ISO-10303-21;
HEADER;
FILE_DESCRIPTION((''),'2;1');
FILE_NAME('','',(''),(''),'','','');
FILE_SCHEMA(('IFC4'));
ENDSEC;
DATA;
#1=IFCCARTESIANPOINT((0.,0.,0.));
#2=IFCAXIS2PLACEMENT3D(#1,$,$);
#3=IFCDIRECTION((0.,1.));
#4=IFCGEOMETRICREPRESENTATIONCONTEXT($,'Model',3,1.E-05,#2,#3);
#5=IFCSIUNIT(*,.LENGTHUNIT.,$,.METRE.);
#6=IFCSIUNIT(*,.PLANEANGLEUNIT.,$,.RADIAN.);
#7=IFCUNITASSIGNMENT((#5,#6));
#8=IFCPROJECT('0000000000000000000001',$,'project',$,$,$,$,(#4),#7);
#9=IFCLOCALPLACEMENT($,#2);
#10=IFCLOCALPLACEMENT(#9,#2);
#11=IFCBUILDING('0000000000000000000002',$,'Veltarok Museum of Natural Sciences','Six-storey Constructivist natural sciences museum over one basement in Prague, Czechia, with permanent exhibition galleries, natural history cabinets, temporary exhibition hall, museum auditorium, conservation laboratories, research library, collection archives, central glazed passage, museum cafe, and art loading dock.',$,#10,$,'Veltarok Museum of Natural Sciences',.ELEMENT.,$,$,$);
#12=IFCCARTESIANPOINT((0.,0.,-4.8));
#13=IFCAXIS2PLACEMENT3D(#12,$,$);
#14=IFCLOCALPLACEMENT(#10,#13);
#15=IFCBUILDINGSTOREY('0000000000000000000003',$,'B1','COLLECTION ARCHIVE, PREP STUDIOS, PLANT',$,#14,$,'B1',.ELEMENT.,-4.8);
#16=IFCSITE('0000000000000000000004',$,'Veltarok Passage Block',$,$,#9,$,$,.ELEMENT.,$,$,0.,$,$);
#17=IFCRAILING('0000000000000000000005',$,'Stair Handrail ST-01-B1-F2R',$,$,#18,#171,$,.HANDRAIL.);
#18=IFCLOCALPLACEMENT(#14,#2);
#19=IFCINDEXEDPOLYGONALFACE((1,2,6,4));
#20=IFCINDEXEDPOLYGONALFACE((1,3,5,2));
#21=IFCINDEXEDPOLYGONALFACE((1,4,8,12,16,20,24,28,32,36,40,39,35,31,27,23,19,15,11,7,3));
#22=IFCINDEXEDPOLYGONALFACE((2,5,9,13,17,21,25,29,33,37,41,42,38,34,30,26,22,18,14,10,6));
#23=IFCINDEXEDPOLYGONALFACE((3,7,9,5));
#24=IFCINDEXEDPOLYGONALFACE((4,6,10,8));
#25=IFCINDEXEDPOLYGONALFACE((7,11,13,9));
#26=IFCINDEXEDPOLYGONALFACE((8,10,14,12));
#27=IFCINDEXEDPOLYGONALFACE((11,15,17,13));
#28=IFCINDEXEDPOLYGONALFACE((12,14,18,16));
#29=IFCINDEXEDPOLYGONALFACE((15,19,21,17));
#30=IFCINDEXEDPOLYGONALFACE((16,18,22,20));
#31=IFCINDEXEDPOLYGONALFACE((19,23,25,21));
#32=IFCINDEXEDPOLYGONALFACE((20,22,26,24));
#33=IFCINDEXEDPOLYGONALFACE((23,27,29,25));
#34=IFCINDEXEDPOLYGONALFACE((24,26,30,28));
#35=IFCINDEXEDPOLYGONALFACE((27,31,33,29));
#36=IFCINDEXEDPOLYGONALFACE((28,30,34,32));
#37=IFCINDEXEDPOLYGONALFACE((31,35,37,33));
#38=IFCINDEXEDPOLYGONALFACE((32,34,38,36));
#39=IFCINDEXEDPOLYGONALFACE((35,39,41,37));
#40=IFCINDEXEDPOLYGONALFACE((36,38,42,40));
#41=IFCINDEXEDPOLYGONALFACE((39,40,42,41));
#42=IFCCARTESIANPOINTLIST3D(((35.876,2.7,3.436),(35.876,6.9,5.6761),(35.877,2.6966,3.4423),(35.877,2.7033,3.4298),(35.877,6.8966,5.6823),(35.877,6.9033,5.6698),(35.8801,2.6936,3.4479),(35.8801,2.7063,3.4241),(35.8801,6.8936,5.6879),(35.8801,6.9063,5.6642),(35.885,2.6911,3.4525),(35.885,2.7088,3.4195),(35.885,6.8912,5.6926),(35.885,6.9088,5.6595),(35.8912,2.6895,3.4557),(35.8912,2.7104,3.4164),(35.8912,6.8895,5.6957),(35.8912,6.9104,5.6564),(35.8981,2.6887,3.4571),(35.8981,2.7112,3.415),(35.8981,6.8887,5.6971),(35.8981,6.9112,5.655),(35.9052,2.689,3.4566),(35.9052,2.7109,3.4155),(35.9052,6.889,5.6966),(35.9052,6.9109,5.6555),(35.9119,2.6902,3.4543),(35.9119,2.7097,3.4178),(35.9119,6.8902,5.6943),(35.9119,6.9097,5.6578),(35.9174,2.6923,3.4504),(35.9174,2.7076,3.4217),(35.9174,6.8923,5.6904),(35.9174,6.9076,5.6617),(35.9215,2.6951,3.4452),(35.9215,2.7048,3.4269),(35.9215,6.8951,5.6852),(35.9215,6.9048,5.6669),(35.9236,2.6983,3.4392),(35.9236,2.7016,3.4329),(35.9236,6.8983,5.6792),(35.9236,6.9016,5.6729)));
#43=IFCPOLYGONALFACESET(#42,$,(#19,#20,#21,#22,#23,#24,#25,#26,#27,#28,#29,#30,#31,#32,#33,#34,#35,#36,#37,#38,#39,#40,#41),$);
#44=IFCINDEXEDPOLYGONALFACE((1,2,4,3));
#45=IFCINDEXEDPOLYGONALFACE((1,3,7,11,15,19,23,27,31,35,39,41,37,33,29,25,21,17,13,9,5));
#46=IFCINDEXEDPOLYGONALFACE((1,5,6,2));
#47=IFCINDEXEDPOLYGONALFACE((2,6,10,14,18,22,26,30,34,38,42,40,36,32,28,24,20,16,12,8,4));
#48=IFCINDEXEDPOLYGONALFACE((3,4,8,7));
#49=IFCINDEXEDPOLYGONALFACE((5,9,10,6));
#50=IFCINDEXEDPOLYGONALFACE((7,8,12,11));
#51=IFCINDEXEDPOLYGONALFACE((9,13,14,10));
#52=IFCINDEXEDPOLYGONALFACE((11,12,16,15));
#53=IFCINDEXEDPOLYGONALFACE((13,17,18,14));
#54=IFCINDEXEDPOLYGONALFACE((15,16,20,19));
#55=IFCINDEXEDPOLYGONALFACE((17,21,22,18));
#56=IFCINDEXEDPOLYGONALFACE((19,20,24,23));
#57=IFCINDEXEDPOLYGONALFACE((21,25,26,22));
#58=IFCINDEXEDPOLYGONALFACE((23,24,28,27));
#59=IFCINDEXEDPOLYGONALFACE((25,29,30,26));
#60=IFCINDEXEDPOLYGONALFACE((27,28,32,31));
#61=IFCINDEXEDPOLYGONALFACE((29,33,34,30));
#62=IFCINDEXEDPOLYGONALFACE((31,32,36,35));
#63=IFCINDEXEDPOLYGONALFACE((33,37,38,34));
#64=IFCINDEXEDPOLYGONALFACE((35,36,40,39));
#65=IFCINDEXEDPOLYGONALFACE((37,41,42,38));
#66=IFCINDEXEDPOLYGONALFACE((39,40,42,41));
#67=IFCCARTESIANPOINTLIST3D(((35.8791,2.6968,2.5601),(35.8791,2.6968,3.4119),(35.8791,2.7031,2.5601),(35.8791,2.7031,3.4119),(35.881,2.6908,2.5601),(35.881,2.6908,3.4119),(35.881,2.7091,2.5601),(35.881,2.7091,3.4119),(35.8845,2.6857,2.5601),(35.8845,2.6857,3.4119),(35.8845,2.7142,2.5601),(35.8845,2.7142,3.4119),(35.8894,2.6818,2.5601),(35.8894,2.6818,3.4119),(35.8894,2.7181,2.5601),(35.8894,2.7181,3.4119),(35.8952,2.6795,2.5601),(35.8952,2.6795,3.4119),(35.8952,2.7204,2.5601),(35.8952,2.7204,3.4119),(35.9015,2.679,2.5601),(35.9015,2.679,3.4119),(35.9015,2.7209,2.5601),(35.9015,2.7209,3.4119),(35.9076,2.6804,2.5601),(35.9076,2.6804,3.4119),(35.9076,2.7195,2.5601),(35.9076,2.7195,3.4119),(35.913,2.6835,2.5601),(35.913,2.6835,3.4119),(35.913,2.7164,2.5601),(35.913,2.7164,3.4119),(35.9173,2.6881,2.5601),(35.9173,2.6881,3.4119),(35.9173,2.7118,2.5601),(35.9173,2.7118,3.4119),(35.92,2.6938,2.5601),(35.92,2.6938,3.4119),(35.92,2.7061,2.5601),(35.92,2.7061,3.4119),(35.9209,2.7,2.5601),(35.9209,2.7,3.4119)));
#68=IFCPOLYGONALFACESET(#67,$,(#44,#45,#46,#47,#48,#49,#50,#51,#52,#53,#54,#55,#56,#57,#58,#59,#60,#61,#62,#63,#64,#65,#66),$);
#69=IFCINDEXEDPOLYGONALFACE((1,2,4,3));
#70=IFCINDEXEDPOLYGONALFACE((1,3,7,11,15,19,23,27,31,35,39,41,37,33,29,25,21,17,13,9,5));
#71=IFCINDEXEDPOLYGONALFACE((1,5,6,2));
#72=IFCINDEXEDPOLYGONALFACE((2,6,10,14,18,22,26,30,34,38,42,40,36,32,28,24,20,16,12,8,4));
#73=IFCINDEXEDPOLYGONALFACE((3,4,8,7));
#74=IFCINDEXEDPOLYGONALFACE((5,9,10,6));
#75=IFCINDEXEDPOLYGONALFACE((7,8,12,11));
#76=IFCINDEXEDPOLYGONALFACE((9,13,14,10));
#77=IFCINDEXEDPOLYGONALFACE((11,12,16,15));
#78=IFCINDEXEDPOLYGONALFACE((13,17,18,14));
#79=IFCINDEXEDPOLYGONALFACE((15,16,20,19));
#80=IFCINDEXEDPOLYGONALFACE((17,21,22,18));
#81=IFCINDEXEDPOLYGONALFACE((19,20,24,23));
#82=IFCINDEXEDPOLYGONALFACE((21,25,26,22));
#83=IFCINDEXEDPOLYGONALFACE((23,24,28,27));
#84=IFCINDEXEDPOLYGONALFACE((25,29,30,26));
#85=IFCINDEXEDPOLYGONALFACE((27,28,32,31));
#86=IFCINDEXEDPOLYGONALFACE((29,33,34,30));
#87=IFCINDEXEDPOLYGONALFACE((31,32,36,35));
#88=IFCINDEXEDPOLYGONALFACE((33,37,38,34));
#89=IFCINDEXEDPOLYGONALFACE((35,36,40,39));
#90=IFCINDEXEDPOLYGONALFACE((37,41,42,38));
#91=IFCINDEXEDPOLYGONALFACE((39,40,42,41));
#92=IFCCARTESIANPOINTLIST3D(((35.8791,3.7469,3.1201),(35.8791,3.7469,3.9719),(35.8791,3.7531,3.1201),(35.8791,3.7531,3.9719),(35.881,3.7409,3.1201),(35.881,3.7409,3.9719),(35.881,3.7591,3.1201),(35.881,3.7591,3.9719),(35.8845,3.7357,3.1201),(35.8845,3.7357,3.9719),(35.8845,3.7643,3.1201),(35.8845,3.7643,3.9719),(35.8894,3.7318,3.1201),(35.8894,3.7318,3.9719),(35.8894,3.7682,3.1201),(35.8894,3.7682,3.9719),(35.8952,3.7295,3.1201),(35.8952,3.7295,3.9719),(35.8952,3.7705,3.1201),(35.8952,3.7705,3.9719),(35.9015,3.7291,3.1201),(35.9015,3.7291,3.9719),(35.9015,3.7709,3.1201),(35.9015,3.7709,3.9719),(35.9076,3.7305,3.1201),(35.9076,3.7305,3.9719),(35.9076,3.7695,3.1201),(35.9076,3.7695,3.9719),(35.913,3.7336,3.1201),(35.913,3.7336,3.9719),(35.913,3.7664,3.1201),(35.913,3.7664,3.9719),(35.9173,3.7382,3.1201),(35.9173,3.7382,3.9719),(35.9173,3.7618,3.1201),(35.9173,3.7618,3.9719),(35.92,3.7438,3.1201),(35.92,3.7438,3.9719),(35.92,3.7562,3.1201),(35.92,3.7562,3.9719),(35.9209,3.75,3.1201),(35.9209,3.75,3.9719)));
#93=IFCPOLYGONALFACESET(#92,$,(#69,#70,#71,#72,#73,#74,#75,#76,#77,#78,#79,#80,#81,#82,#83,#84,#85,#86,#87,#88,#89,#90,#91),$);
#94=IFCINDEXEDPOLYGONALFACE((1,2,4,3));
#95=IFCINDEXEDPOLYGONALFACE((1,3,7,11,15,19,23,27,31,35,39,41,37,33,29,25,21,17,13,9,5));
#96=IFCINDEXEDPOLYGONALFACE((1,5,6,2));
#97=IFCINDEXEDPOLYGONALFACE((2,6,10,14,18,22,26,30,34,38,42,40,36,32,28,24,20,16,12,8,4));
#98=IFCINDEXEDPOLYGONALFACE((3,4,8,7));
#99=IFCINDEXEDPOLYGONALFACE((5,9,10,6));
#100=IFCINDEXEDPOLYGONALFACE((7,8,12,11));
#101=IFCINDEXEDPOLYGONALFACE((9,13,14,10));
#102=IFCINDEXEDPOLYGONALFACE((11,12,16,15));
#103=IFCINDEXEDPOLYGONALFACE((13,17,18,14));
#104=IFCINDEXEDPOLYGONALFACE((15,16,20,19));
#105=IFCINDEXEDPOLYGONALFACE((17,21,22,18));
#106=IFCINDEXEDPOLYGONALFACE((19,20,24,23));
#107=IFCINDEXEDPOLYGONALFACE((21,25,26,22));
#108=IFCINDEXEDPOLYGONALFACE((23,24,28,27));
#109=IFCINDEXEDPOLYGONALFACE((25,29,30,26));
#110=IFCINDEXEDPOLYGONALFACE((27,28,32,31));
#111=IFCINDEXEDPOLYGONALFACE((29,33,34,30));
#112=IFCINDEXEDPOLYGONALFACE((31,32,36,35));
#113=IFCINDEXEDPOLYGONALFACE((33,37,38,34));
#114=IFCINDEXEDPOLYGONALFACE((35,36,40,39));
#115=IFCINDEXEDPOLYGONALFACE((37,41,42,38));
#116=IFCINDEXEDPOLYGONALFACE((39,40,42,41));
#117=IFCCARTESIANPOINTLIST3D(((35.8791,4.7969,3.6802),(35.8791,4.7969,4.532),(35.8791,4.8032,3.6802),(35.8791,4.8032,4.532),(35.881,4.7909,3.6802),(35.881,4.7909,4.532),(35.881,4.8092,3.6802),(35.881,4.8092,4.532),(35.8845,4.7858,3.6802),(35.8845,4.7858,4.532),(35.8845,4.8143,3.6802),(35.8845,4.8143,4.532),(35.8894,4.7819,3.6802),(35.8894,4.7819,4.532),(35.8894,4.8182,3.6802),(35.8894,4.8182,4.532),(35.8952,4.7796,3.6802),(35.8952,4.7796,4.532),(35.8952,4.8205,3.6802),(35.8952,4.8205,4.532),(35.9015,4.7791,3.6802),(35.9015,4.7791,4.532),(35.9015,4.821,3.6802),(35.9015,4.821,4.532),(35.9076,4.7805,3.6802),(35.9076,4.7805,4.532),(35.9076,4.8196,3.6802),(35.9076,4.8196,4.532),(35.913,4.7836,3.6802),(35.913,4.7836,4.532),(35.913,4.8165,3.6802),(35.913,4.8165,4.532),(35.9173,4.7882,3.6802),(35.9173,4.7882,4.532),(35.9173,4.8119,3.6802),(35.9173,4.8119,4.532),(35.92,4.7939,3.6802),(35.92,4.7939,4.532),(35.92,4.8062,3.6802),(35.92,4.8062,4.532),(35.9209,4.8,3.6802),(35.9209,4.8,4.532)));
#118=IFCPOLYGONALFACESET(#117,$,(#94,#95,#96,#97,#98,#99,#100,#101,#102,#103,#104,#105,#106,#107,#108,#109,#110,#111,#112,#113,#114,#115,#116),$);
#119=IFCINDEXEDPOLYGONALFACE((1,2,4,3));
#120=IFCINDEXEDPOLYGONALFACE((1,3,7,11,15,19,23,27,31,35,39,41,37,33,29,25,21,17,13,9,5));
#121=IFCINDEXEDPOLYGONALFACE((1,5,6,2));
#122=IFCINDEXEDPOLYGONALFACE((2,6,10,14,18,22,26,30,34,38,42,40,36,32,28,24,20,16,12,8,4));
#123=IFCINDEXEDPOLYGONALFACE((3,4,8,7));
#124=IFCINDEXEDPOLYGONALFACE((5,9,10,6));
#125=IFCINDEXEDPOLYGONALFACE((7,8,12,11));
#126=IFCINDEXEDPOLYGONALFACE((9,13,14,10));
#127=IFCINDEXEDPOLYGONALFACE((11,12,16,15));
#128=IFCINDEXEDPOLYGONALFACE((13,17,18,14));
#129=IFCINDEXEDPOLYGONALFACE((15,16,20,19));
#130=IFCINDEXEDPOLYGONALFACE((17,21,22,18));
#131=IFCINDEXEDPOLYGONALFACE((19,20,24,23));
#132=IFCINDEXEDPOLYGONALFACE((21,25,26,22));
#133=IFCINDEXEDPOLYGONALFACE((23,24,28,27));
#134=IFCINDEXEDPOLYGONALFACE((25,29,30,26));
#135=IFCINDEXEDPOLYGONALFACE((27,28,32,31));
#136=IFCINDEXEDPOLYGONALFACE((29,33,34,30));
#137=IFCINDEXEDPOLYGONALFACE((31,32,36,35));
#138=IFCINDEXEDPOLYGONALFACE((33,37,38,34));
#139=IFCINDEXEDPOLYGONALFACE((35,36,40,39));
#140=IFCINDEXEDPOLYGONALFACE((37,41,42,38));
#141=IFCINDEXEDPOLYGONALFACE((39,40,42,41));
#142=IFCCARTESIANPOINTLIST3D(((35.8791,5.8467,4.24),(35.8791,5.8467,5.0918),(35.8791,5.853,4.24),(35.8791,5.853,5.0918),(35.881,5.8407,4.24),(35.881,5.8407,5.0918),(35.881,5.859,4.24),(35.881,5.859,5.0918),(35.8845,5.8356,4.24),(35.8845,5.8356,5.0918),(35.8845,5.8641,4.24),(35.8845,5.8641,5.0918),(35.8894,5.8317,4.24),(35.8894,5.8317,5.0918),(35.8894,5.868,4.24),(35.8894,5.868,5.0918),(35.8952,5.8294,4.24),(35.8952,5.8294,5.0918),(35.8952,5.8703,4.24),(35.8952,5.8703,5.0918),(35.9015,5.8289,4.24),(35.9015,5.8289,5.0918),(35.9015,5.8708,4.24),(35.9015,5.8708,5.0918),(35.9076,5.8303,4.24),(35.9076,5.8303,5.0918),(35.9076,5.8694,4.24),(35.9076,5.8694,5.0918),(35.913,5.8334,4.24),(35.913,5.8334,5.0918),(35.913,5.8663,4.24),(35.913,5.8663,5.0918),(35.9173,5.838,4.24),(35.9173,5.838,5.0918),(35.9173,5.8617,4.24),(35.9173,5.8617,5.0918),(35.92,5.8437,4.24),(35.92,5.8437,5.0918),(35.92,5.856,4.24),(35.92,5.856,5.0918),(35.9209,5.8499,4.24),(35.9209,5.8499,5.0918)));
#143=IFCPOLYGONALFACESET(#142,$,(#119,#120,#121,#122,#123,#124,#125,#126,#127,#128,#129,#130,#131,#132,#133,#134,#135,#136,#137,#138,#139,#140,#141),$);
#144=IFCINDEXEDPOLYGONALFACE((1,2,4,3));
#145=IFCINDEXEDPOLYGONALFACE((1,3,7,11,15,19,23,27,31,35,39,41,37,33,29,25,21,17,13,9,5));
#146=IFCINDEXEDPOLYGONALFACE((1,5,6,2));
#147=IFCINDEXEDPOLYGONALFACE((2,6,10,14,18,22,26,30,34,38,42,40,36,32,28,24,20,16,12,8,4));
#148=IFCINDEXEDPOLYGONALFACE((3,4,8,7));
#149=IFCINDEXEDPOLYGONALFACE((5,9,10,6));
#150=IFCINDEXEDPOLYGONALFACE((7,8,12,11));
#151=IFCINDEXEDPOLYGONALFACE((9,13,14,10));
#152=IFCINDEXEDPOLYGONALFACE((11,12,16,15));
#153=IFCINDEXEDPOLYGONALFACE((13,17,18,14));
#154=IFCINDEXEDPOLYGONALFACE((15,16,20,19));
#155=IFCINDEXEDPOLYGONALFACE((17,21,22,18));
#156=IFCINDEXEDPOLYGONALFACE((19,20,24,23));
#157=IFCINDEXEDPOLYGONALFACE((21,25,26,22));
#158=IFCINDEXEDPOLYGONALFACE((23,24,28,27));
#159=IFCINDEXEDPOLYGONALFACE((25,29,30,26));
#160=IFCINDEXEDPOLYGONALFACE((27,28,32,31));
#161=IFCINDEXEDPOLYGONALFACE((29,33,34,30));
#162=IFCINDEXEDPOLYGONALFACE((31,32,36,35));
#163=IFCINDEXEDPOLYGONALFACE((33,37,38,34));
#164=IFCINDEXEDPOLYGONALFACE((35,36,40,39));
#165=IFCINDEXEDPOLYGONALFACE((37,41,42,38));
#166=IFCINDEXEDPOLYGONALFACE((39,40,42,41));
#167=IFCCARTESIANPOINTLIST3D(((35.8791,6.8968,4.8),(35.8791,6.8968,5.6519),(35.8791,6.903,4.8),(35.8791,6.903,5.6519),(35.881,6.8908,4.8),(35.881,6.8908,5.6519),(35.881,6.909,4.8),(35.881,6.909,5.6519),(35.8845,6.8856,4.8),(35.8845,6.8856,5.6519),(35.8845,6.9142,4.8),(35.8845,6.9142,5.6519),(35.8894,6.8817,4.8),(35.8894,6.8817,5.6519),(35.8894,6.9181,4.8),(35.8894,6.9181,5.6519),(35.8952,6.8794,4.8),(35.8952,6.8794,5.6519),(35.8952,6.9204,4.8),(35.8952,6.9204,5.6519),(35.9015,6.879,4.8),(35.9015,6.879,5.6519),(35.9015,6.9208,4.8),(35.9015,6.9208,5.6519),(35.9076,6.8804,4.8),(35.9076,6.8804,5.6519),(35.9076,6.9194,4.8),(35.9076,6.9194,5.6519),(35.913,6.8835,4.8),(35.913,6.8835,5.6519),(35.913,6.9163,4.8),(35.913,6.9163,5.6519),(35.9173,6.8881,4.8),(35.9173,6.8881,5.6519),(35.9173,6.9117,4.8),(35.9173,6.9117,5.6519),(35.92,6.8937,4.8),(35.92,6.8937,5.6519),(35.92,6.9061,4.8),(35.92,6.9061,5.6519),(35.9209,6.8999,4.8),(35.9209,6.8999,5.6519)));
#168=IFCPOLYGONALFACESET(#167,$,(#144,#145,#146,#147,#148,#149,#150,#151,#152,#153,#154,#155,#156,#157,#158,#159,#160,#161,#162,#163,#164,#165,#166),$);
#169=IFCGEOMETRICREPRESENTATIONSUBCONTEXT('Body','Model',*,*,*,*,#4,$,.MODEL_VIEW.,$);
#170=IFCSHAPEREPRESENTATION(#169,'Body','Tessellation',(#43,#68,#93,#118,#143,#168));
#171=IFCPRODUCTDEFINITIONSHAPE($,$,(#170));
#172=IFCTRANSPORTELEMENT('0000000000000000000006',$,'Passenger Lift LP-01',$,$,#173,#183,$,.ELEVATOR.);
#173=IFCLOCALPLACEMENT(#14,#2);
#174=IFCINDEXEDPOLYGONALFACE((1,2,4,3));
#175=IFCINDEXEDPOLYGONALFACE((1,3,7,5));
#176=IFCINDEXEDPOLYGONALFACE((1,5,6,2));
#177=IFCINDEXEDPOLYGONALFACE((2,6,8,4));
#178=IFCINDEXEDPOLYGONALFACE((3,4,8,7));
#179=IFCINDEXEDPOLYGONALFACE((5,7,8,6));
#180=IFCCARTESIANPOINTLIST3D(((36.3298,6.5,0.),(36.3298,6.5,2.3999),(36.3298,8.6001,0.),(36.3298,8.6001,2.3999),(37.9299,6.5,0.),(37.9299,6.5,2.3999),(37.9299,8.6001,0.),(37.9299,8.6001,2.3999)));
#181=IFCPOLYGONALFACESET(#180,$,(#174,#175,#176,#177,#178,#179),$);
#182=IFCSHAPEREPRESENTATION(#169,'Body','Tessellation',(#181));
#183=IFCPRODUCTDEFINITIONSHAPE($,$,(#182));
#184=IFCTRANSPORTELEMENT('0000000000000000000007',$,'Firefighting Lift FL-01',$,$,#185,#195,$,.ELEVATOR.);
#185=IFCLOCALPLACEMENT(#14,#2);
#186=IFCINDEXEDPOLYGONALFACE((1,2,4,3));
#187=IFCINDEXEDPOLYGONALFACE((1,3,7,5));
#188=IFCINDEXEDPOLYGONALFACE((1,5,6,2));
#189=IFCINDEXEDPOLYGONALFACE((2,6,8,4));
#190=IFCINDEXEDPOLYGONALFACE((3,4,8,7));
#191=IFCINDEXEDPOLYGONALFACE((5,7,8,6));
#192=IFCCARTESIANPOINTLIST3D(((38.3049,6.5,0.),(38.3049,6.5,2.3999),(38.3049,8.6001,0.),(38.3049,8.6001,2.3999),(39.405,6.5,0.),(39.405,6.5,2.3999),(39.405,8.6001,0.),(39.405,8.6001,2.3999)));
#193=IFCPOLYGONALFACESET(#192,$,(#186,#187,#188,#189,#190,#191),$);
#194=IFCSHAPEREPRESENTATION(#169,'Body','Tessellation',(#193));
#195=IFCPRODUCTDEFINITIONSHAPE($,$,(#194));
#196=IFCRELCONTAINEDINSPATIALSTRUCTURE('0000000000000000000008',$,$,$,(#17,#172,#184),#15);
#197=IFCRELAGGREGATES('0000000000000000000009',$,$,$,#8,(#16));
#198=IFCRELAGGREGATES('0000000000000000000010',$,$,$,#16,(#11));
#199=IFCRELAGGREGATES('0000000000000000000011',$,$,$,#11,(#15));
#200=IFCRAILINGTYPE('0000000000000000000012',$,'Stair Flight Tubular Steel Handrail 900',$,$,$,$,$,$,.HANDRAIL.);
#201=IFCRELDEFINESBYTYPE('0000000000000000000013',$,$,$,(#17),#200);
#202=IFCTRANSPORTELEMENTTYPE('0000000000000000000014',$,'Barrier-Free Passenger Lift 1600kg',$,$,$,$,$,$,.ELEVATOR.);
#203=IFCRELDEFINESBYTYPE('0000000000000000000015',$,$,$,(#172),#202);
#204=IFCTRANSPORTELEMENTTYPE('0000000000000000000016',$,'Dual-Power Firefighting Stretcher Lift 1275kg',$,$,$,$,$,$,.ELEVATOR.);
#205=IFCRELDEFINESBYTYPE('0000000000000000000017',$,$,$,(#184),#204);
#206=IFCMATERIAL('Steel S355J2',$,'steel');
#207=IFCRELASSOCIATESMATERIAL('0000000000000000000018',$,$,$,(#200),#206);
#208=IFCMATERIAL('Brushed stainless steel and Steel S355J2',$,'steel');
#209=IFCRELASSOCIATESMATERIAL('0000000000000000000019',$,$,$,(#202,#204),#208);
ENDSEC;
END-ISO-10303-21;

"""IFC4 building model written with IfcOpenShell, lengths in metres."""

from ifc_helpers import new_model, si_unit, direction, frame, origin, origin_2d, place, context, subcontext, project, spatial, rectangle, circle, extrude, material, type_object, element, save


model = new_model("IFC4")

# Units and contexts
model_context = context("Model", 3, precision=1e-05, world=origin(), true_north=direction((0.0, 1.0)))
body_context = subcontext(model_context, "Body", "Model", "MODEL_VIEW")
ifc_project = project(units=[si_unit("LENGTHUNIT", "METRE"), si_unit("PLANEANGLEUNIT", "RADIAN")], contexts=[model_context])

# Site, building, storey
site_placement = place(None, origin())
site = spatial("IfcSite", under=ifc_project, at=site_placement, Name="Veltarok Passage Block", CompositionType="ELEMENT", RefElevation=0.0)
building_placement = place(site_placement, origin())
building = spatial("IfcBuilding", under=site, at=building_placement, Name="Veltarok Museum of Natural Sciences", Description="Six-storey Constructivist natural sciences museum over one basement in Prague, Czechia, with permanent exhibition galleries, natural history cabinets, temporary exhibition hall, museum auditorium, conservation laboratories, research library, collection archives, central glazed passage, museum cafe, and art loading dock.", LongName="Veltarok Museum of Natural Sciences", CompositionType="ELEMENT")
storey_placement = place(building_placement, frame((0.0, 0.0, -4.8)))
storey = spatial("IfcBuildingStorey", under=building, at=storey_placement, Name="B1", Description="COLLECTION ARCHIVE, PREP STUDIOS, PLANT", LongName="B1", CompositionType="ELEMENT", Elevation=-4.8)

# Shared definitions
ifc_material_1 = material(Name="Steel S355J2", Category="steel")

# Railing
railing_type_1 = type_object("IfcRailingType", Name="Stair Flight Tubular Steel Handrail 900", PredefinedType="HANDRAIL", material=ifc_material_1)
for number, where, name in (
    (1, (35.8999, 2.7, 2.5601), "Stair Handrail ST-01-B1-F2R"),
):
    element("IfcRailing", number, at=place(storey_placement, frame(where)), inside=storey, type_object=railing_type_1, Name=name, PredefinedType="HANDRAIL", context=body_context, shape_type="SweptSolid", body=[
        extrude(circle(Radius=0.0239, at=origin_2d()), frame((0.0, 0.0, 0.876), z_axis=(0.0, 0.882352, 0.470591), x_axis=(-1.0, 0.0, 0.0)), (0.0, 0.0, 1.0), 4.76),
        extrude(circle(Radius=0.021, at=origin_2d()), origin(), (0.0, 0.0, 1.0), 0.8518),
        extrude(circle(Radius=0.021, at=origin_2d()), frame((0.0, 1.05, 0.5601)), (0.0, 0.0, 1.0), 0.8518),
        extrude(circle(Radius=0.021, at=origin_2d()), frame((0.0, 2.1001, 1.1201)), (0.0, 0.0, 1.0), 0.8518),
        extrude(circle(Radius=0.021, at=origin_2d()), frame((0.0, 3.1499, 1.6799)), (0.0, 0.0, 1.0), 0.8518),
        extrude(circle(Radius=0.021, at=origin_2d()), frame((0.0, 4.2, 2.24)), (0.0, 0.0, 1.0), 0.8518),
    ])

# Transport elements
ifc_material_2 = material(Name="Brushed stainless steel and Steel S355J2", Category="steel")
transport_element_type_1 = type_object("IfcTransportElementType", Name="Barrier-Free Passenger Lift 1600kg", PredefinedType="ELEVATOR", material=ifc_material_2)
transport_element_1_placement = place(storey_placement, frame((37.1299, 7.55, 0.0), z_axis=(0.0, 0.0, 1.0), x_axis=(1.0, 0.0, 0.0)))
element("IfcTransportElement", 2, at=transport_element_1_placement, inside=storey, type_object=transport_element_type_1, Name="Passenger Lift LP-01", PredefinedType="ELEVATOR", context=body_context, shape_type="SweptSolid", body=[
    extrude(rectangle(XDim=1.6001, YDim=2.1001, at=origin_2d()), origin(), (0.0, 0.0, 1.0), 2.3999),
])
transport_element_type_2 = type_object("IfcTransportElementType", Name="Dual-Power Firefighting Stretcher Lift 1275kg", PredefinedType="ELEVATOR", material=ifc_material_2)
transport_element_2_placement = place(storey_placement, frame((38.855, 7.55, 0.0), z_axis=(0.0, 0.0, 1.0), x_axis=(1.0, 0.0, 0.0)))
element("IfcTransportElement", 3, at=transport_element_2_placement, inside=storey, type_object=transport_element_type_2, Name="Firefighting Lift FL-01", PredefinedType="ELEVATOR", context=body_context, shape_type="SweptSolid", body=[
    extrude(rectangle(XDim=1.1001, YDim=2.1001, at=origin_2d()), origin(), (0.0, 0.0, 1.0), 2.3999),
])

save(model, "model.ifc")
